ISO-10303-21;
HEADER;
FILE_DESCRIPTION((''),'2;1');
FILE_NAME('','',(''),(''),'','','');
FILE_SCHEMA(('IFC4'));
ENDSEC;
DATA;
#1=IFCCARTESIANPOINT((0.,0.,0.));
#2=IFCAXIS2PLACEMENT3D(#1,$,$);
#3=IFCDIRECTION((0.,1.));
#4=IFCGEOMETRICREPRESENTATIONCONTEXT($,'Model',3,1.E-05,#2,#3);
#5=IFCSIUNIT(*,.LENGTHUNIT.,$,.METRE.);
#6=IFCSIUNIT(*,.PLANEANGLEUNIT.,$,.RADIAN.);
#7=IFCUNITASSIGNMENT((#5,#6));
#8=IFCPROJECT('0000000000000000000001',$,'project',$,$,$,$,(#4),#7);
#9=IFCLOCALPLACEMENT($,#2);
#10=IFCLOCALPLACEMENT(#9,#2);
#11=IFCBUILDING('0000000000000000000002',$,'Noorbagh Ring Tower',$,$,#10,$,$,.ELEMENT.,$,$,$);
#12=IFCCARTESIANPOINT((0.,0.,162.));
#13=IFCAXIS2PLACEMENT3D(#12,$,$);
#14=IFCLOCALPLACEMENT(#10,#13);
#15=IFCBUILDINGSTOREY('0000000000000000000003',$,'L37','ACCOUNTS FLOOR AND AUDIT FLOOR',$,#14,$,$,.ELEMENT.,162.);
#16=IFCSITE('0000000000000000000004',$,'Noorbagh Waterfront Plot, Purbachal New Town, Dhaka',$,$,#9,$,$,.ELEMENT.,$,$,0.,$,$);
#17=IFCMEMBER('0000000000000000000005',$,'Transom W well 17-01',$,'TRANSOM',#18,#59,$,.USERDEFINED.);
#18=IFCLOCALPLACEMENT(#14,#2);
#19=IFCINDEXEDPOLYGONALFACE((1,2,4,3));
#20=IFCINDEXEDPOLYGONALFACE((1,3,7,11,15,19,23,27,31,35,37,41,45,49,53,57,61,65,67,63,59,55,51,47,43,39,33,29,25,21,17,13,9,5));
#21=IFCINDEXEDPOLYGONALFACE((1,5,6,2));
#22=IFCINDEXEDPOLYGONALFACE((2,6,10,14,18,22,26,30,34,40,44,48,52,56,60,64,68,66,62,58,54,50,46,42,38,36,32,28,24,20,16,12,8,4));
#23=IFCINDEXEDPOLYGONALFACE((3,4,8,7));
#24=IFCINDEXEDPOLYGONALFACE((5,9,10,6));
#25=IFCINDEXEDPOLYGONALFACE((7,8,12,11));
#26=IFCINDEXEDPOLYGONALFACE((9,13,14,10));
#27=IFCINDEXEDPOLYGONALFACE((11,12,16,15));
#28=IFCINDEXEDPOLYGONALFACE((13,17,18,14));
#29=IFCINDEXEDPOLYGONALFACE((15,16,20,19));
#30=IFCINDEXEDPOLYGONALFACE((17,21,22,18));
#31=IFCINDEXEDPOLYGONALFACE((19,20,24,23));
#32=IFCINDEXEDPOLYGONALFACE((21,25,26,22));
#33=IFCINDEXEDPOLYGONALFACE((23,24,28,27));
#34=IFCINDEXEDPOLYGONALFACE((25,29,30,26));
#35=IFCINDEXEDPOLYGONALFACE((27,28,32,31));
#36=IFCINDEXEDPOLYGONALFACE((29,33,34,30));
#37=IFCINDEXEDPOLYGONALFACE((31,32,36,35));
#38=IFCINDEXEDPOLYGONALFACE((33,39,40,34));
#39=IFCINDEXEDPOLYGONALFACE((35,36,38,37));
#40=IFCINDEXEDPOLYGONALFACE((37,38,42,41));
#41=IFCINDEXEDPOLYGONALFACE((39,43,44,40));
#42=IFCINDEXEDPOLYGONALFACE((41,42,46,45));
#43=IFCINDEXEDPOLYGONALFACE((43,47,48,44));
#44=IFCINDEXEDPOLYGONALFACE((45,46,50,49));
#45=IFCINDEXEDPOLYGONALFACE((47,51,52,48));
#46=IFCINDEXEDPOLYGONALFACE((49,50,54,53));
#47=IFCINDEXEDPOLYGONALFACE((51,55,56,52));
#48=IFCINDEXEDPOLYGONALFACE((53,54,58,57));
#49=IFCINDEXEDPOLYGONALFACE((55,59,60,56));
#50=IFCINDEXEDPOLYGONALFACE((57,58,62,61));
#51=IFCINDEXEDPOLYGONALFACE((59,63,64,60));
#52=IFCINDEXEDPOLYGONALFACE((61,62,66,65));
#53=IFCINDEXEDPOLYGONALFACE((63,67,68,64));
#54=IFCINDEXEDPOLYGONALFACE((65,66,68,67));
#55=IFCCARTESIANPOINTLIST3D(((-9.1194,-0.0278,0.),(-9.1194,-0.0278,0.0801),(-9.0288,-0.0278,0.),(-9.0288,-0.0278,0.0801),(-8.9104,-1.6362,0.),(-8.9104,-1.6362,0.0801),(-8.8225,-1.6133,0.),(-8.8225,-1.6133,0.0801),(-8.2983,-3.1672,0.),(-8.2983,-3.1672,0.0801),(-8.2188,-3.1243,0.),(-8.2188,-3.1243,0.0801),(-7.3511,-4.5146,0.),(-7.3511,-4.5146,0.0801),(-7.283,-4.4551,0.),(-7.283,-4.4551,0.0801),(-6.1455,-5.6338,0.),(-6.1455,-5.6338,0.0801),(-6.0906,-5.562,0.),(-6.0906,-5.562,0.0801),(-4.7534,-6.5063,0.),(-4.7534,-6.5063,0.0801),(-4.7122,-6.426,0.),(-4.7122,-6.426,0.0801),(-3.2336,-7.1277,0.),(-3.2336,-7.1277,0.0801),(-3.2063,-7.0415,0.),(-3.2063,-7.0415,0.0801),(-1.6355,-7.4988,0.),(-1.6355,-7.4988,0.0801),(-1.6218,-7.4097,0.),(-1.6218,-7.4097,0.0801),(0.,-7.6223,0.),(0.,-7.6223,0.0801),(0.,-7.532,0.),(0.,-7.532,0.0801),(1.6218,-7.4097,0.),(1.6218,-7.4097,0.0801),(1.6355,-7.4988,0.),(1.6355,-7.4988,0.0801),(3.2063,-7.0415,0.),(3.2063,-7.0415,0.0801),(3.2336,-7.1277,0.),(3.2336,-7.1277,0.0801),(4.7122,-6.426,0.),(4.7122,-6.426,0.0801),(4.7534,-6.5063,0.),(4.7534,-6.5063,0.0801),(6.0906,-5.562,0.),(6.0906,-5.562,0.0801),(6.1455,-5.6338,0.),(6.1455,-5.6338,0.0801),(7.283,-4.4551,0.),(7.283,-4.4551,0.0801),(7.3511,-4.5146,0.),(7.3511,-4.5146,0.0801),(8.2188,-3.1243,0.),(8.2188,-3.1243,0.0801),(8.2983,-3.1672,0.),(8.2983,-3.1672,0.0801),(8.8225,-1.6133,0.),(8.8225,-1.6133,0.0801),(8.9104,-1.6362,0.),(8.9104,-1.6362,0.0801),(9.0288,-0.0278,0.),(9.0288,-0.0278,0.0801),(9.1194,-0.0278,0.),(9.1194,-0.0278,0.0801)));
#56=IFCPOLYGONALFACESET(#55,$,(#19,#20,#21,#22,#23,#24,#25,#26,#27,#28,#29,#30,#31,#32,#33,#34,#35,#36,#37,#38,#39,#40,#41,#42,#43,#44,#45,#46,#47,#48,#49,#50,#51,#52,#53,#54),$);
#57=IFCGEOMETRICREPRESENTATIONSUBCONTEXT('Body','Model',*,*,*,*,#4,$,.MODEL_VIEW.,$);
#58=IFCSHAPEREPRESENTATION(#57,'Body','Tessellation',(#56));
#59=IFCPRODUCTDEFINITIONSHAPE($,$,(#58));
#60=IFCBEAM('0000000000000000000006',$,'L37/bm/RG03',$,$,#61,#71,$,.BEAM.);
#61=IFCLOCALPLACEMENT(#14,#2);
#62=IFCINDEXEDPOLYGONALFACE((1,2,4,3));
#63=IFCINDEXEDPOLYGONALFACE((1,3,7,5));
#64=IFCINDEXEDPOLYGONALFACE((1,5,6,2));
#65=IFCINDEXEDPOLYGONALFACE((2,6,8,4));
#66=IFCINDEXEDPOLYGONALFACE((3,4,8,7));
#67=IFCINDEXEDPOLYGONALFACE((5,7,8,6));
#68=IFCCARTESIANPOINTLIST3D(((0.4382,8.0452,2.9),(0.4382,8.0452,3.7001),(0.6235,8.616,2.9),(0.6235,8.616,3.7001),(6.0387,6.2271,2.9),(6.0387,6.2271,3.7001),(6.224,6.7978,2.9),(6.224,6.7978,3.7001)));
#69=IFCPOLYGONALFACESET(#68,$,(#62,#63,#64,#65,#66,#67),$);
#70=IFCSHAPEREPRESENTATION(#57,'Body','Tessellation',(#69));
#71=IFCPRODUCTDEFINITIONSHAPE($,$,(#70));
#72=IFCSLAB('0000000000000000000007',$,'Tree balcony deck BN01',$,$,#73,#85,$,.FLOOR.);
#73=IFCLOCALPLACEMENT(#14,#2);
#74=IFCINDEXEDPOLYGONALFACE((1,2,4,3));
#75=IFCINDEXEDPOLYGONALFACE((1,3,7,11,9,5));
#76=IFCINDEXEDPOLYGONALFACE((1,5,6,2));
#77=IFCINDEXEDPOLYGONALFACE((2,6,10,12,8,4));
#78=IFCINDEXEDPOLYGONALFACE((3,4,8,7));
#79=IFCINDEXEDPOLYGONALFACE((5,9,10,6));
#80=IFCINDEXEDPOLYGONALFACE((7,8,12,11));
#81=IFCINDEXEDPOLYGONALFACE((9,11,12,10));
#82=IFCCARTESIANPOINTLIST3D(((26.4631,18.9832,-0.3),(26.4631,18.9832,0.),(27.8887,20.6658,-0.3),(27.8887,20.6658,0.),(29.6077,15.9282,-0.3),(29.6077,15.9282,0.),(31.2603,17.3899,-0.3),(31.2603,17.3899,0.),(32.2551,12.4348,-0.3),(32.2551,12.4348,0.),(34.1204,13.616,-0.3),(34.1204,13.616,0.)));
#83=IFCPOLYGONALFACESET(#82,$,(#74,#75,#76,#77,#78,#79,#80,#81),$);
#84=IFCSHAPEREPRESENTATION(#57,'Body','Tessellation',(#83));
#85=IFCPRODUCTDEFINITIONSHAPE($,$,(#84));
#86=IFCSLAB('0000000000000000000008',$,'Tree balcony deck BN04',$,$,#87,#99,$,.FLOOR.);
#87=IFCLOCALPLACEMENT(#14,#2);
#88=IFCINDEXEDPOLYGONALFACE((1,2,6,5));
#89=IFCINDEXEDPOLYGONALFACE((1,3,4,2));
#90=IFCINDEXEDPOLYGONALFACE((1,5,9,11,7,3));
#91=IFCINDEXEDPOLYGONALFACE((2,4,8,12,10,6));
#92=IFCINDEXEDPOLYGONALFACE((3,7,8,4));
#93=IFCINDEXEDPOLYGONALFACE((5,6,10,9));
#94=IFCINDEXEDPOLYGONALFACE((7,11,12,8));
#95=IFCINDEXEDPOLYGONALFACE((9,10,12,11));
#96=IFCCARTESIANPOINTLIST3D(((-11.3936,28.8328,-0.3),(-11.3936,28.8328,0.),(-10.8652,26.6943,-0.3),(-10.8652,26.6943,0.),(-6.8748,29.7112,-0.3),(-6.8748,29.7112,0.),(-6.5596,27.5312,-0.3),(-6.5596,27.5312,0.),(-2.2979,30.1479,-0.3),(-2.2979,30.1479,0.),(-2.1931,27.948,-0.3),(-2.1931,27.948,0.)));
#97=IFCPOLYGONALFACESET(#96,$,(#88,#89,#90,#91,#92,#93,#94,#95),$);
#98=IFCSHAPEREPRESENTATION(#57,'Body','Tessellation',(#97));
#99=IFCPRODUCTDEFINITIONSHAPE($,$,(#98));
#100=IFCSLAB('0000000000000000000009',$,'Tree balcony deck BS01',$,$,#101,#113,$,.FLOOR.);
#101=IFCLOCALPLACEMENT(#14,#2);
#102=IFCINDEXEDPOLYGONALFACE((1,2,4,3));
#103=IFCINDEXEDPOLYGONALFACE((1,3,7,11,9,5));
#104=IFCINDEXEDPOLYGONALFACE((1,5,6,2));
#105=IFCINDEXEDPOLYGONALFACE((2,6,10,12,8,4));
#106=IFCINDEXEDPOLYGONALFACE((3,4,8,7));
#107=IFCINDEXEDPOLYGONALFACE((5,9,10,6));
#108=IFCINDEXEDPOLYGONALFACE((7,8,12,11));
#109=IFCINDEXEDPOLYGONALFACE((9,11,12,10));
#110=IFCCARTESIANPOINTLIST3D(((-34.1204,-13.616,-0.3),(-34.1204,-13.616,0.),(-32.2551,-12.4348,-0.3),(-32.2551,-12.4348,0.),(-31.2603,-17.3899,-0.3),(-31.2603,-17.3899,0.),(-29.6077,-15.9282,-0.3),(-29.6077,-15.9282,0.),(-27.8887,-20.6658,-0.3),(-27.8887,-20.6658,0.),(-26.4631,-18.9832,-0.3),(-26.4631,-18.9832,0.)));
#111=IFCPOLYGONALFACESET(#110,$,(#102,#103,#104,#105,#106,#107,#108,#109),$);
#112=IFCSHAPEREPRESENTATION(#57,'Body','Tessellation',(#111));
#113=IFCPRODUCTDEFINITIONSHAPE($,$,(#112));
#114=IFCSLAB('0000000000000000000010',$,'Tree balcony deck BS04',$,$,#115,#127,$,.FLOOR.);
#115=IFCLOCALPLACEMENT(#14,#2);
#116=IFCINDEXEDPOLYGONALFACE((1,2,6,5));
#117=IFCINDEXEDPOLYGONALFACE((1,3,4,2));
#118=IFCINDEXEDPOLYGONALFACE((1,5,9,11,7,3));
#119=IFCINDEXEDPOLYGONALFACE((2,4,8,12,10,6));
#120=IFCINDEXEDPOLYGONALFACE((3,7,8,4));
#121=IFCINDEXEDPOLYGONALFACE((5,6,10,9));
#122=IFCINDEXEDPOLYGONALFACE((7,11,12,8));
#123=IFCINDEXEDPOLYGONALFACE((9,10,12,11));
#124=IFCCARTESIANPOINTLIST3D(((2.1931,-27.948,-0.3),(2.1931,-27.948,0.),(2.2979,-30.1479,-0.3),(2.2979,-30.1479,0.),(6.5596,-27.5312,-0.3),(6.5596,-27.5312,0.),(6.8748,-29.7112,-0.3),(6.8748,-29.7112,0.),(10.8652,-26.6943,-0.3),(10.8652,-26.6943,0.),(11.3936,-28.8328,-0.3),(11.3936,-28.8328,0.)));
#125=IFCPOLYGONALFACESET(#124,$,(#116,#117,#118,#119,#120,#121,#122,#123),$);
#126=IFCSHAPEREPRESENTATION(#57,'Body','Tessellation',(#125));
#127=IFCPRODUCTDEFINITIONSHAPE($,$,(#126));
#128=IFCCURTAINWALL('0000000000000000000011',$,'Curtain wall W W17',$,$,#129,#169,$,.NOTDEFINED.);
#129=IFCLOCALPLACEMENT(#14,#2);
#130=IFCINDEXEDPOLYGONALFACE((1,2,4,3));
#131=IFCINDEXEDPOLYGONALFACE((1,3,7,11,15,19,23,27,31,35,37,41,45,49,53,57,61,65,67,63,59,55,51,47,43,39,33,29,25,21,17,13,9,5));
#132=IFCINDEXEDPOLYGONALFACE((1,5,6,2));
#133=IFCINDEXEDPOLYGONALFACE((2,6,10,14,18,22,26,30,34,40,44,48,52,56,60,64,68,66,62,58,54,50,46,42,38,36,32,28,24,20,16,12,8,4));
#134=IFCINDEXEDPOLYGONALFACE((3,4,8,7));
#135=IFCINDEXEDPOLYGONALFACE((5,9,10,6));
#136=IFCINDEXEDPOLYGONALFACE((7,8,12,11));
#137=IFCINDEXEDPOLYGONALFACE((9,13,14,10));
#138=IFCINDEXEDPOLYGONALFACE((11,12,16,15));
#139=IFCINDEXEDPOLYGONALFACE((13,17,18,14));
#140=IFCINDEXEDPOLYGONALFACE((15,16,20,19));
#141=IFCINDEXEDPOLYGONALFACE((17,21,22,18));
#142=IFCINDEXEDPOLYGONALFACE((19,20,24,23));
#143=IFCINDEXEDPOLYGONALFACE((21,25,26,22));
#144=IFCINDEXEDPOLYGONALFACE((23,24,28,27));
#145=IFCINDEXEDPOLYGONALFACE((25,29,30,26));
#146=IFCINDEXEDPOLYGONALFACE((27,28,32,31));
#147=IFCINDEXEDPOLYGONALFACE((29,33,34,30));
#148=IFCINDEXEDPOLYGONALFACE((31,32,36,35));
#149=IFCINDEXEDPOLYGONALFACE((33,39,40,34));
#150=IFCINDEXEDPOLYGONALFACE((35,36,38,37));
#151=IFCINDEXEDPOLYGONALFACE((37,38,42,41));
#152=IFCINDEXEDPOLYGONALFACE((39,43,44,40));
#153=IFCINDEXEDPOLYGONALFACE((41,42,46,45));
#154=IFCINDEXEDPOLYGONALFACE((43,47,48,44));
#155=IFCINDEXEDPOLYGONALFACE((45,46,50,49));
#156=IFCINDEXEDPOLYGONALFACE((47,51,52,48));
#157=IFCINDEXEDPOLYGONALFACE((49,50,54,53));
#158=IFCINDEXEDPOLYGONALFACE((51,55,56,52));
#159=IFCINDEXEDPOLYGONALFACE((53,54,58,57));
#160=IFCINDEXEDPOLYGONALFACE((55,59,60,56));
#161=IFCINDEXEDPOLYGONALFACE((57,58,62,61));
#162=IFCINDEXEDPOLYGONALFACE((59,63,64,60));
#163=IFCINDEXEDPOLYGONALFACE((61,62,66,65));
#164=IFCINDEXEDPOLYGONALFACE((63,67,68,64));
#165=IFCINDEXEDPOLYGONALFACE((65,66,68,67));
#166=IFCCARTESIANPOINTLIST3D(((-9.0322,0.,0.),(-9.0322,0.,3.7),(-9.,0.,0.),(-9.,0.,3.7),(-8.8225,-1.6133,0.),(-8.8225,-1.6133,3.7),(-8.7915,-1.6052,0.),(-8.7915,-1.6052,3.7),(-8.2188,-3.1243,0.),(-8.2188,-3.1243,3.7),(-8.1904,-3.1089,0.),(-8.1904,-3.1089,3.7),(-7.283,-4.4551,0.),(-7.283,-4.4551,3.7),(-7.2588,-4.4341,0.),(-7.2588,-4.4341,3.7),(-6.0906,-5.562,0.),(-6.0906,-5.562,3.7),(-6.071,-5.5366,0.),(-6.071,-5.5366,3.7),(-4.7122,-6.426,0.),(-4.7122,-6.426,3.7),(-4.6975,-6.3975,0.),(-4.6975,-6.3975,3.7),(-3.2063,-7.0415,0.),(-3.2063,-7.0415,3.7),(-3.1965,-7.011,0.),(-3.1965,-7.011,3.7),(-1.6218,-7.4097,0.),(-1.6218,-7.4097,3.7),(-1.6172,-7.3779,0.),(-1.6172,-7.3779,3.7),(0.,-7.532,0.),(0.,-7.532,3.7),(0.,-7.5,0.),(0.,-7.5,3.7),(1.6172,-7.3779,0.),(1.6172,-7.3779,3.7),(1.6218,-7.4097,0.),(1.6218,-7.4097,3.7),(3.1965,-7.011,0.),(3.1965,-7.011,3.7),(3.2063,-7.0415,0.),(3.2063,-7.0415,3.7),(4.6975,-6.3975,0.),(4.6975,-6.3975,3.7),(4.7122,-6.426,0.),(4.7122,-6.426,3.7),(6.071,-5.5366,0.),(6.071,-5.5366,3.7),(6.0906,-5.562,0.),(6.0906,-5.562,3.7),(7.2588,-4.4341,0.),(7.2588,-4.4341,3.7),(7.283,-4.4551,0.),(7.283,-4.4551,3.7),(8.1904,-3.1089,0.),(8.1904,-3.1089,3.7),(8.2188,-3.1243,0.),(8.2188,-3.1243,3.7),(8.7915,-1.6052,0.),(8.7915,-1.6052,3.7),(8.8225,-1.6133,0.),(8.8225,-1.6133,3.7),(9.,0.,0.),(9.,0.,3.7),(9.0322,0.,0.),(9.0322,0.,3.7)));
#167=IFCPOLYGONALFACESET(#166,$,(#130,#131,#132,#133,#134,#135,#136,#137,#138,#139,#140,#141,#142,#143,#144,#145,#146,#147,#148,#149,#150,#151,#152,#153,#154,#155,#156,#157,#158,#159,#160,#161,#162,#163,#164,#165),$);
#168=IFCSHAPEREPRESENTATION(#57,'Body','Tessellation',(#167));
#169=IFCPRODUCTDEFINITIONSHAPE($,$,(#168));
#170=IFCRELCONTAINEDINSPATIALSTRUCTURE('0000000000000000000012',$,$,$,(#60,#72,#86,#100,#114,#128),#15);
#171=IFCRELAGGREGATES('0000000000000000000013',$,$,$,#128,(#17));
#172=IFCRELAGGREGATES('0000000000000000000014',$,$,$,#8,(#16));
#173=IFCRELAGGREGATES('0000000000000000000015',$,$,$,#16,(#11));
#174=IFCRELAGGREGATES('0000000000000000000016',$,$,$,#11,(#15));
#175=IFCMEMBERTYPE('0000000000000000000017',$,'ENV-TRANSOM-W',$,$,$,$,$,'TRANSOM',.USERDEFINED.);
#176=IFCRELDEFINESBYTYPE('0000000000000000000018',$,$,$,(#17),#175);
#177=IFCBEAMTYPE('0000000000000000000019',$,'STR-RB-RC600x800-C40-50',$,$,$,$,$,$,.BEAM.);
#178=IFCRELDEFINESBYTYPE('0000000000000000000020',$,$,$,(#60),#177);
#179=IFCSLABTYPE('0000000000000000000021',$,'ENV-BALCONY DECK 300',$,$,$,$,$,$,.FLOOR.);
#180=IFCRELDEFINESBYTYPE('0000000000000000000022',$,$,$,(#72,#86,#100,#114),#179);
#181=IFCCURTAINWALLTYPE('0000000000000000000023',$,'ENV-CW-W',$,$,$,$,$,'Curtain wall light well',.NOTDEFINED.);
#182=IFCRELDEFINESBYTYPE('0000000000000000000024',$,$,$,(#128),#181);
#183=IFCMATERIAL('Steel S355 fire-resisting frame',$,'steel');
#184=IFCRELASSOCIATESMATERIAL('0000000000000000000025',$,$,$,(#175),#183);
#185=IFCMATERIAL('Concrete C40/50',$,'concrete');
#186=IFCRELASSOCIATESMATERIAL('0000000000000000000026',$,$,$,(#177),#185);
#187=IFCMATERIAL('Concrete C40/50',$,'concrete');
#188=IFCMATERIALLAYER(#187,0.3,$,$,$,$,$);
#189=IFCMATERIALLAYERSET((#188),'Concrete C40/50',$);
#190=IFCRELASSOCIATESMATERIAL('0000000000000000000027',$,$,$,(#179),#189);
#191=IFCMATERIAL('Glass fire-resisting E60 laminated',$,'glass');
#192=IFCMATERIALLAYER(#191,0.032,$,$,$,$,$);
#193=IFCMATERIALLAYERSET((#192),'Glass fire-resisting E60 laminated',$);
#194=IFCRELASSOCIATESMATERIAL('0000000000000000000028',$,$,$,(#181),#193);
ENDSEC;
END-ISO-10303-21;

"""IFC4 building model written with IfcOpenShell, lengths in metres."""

from ifc_helpers import new_model, si_unit, direction, frame, origin, origin_2d, place, context, subcontext, project, spatial, polyline, rectangle, outline, extrude, material, layer, layer_set, material_profile, profile_set, type_object, element, aggregate, save


model = new_model("IFC4")

# Units and contexts
model_context = context("Model", 3, precision=1e-05, world=origin(), true_north=direction((0.0, 1.0)))
body_context = subcontext(model_context, "Body", "Model", "MODEL_VIEW")
ifc_project = project(units=[si_unit("LENGTHUNIT", "METRE"), si_unit("PLANEANGLEUNIT", "RADIAN")], contexts=[model_context])

# Member
site_placement = place(None, origin())
building_placement = place(site_placement, origin())
storey_placement = place(building_placement, frame((0.0, 0.0, 162.0)))
ifc_material_1 = material(Name="Steel S355 fire-resisting frame", Category="steel")
member_type_1 = type_object("IfcMemberType", Name="ENV-TRANSOM-W", ElementType="TRANSOM", PredefinedType="USERDEFINED", material=ifc_material_1)
member_1_placement = place(storey_placement, origin())
member_1 = element("IfcMember", 1, at=member_1_placement, type_object=member_type_1, Name="Transom W well 17-01", ObjectType="TRANSOM", PredefinedType="USERDEFINED", context=body_context, shape_type="SweptSolid", body=[
    extrude(outline(polyline([(-9.1194, -0.0278), (-8.9104, -1.6362), (-8.2983, -3.1672), (-7.3511, -4.5146), (-6.1455, -5.6338), (-4.7534, -6.5063), (-3.2336, -7.1277), (-1.6355, -7.4988), (0.0, -7.6223), (1.6355, -7.4988), (3.2336, -7.1277), (4.7534, -6.5063), (6.1455, -5.6338), (7.3511, -4.5146), (8.2983, -3.1672), (8.9104, -1.6362), (9.1194, -0.0278), (9.0288, -0.0278), (8.8225, -1.6133), (8.2188, -3.1243), (7.283, -4.4551), (6.0906, -5.562), (4.7122, -6.426), (3.2063, -7.0415), (1.6218, -7.4097), (0.0, -7.532), (-1.6218, -7.4097), (-3.2063, -7.0415), (-4.7122, -6.426), (-6.0906, -5.562), (-7.283, -4.4551), (-8.2188, -3.1243), (-8.8225, -1.6133), (-9.0288, -0.0278), (-9.1194, -0.0278)])), origin(), (0.0, 0.0, 1.0), 0.0801),
])

# Site, building, storey
site = spatial("IfcSite", under=ifc_project, at=site_placement, Name="Noorbagh Waterfront Plot, Purbachal New Town, Dhaka", CompositionType="ELEMENT", RefElevation=0.0)
building = spatial("IfcBuilding", under=site, at=building_placement, Name="Noorbagh Ring Tower", CompositionType="ELEMENT")
storey = spatial("IfcBuildingStorey", under=building, at=storey_placement, Name="L37", Description="ACCOUNTS FLOOR AND AUDIT FLOOR", CompositionType="ELEMENT", Elevation=162.0)

# Beam
ifc_material_2 = material(Name="Concrete C40/50", Category="concrete")
ifc_material_profile_1 = material_profile(ifc_material_2, rectangle(XDim=0.6001, YDim=0.8, at=origin_2d()), Name="RC600x800")
ifc_profile_set_1 = profile_set([ifc_material_profile_1], Name="Concrete C40/50")
beam_type = type_object("IfcBeamType", Name="STR-RB-RC600x800-C40-50", PredefinedType="BEAM", material=ifc_profile_set_1)
beam_placement = place(storey_placement, frame((6.1313, 6.5125, 3.3), z_axis=(-0.951134, 0.308779, 0.0), x_axis=(-0.308779, -0.951134, 0.0)))
element("IfcBeam", 2, at=beam_placement, inside=storey, type_object=beam_type, Name="L37/bm/RG03", PredefinedType="BEAM", context=body_context, shape_type="SweptSolid", body=[
    extrude(rectangle(XDim=0.6001, YDim=0.8, at=origin_2d()), origin(), (0.0, 0.0, 1.0), 5.8882),
])

# Slabs
ifc_material_3 = material(Name="Concrete C40/50", Category="concrete")
ifc_layer_1 = layer(ifc_material_3, 0.3)
ifc_layer_set_1 = layer_set([ifc_layer_1], Name="Concrete C40/50")
slab_type = type_object("IfcSlabType", Name="ENV-BALCONY DECK 300", PredefinedType="FLOOR", material=ifc_layer_set_1)
slab_1_placement = place(storey_placement, frame((0.0, 0.0, -0.3)))
element("IfcSlab", 3, at=slab_1_placement, inside=storey, type_object=slab_type, Name="Tree balcony deck BN01", PredefinedType="FLOOR", context=body_context, shape_type="SweptSolid", body=[
    extrude(outline(polyline([(34.1204, 13.616), (31.2603, 17.3899), (27.8887, 20.6658), (26.4631, 18.9832), (29.6077, 15.9282), (32.2551, 12.4348), (34.1204, 13.616)])), origin(), (0.0, 0.0, 1.0), 0.3),
])
slab_2_placement = place(storey_placement, frame((0.0, 0.0, -0.3)))
element("IfcSlab", 4, at=slab_2_placement, inside=storey, type_object=slab_type, Name="Tree balcony deck BN04", PredefinedType="FLOOR", context=body_context, shape_type="SweptSolid", body=[
    extrude(outline(polyline([(-2.2979, 30.1479), (-6.8748, 29.7112), (-11.3936, 28.8328), (-10.8652, 26.6943), (-6.5596, 27.5312), (-2.1931, 27.948), (-2.2979, 30.1479)])), origin(), (0.0, 0.0, 1.0), 0.3),
])
slab_3_placement = place(storey_placement, frame((0.0, 0.0, -0.3)))
element("IfcSlab", 5, at=slab_3_placement, inside=storey, type_object=slab_type, Name="Tree balcony deck BS01", PredefinedType="FLOOR", context=body_context, shape_type="SweptSolid", body=[
    extrude(outline(polyline([(-34.1204, -13.616), (-31.2603, -17.3899), (-27.8887, -20.6658), (-26.4631, -18.9832), (-29.6077, -15.9282), (-32.2551, -12.4348), (-34.1204, -13.616)])), origin(), (0.0, 0.0, 1.0), 0.3),
])
slab_4_placement = place(storey_placement, frame((0.0, 0.0, -0.3)))
element("IfcSlab", 6, at=slab_4_placement, inside=storey, type_object=slab_type, Name="Tree balcony deck BS04", PredefinedType="FLOOR", context=body_context, shape_type="SweptSolid", body=[
    extrude(outline(polyline([(2.2979, -30.1479), (6.8748, -29.7112), (11.3936, -28.8328), (10.8652, -26.6943), (6.5596, -27.5312), (2.1931, -27.948), (2.2979, -30.1479)])), origin(), (0.0, 0.0, 1.0), 0.3),
])

# Curtain wall
ifc_material_4 = material(Name="Glass fire-resisting E60 laminated", Category="glass")
ifc_layer_2 = layer(ifc_material_4, 0.032)
ifc_layer_set_2 = layer_set([ifc_layer_2], Name="Glass fire-resisting E60 laminated")
curtain_wall_type_1 = type_object("IfcCurtainWallType", Name="ENV-CW-W", ElementType="Curtain wall light well", PredefinedType="NOTDEFINED", material=ifc_layer_set_2)
curtain_wall_1_placement = place(storey_placement, origin())
curtain_wall_1 = element("IfcCurtainWall", 7, at=curtain_wall_1_placement, inside=storey, type_object=curtain_wall_type_1, Name="Curtain wall W W17", PredefinedType="NOTDEFINED", context=body_context, shape_type="SweptSolid", body=[
    extrude(outline(polyline([(-9.0322, 0.0), (-8.8225, -1.6133), (-8.2188, -3.1243), (-7.283, -4.4551), (-6.0906, -5.562), (-4.7122, -6.426), (-3.2063, -7.0415), (-1.6218, -7.4097), (0.0, -7.532), (1.6218, -7.4097), (3.2063, -7.0415), (4.7122, -6.426), (6.0906, -5.562), (7.283, -4.4551), (8.2188, -3.1243), (8.8225, -1.6133), (9.0322, 0.0), (9.0, 0.0), (8.7915, -1.6052), (8.1904, -3.1089), (7.2588, -4.4341), (6.071, -5.5366), (4.6975, -6.3975), (3.1965, -7.011), (1.6172, -7.3779), (0.0, -7.5), (-1.6172, -7.3779), (-3.1965, -7.011), (-4.6975, -6.3975), (-6.071, -5.5366), (-7.2588, -4.4341), (-8.1904, -3.1089), (-8.7915, -1.6052), (-9.0, 0.0), (-9.0322, 0.0)])), origin(), (0.0, 0.0, 1.0), 3.7),
])
aggregate(curtain_wall_1, [member_1])

save(model, "model.ifc")
